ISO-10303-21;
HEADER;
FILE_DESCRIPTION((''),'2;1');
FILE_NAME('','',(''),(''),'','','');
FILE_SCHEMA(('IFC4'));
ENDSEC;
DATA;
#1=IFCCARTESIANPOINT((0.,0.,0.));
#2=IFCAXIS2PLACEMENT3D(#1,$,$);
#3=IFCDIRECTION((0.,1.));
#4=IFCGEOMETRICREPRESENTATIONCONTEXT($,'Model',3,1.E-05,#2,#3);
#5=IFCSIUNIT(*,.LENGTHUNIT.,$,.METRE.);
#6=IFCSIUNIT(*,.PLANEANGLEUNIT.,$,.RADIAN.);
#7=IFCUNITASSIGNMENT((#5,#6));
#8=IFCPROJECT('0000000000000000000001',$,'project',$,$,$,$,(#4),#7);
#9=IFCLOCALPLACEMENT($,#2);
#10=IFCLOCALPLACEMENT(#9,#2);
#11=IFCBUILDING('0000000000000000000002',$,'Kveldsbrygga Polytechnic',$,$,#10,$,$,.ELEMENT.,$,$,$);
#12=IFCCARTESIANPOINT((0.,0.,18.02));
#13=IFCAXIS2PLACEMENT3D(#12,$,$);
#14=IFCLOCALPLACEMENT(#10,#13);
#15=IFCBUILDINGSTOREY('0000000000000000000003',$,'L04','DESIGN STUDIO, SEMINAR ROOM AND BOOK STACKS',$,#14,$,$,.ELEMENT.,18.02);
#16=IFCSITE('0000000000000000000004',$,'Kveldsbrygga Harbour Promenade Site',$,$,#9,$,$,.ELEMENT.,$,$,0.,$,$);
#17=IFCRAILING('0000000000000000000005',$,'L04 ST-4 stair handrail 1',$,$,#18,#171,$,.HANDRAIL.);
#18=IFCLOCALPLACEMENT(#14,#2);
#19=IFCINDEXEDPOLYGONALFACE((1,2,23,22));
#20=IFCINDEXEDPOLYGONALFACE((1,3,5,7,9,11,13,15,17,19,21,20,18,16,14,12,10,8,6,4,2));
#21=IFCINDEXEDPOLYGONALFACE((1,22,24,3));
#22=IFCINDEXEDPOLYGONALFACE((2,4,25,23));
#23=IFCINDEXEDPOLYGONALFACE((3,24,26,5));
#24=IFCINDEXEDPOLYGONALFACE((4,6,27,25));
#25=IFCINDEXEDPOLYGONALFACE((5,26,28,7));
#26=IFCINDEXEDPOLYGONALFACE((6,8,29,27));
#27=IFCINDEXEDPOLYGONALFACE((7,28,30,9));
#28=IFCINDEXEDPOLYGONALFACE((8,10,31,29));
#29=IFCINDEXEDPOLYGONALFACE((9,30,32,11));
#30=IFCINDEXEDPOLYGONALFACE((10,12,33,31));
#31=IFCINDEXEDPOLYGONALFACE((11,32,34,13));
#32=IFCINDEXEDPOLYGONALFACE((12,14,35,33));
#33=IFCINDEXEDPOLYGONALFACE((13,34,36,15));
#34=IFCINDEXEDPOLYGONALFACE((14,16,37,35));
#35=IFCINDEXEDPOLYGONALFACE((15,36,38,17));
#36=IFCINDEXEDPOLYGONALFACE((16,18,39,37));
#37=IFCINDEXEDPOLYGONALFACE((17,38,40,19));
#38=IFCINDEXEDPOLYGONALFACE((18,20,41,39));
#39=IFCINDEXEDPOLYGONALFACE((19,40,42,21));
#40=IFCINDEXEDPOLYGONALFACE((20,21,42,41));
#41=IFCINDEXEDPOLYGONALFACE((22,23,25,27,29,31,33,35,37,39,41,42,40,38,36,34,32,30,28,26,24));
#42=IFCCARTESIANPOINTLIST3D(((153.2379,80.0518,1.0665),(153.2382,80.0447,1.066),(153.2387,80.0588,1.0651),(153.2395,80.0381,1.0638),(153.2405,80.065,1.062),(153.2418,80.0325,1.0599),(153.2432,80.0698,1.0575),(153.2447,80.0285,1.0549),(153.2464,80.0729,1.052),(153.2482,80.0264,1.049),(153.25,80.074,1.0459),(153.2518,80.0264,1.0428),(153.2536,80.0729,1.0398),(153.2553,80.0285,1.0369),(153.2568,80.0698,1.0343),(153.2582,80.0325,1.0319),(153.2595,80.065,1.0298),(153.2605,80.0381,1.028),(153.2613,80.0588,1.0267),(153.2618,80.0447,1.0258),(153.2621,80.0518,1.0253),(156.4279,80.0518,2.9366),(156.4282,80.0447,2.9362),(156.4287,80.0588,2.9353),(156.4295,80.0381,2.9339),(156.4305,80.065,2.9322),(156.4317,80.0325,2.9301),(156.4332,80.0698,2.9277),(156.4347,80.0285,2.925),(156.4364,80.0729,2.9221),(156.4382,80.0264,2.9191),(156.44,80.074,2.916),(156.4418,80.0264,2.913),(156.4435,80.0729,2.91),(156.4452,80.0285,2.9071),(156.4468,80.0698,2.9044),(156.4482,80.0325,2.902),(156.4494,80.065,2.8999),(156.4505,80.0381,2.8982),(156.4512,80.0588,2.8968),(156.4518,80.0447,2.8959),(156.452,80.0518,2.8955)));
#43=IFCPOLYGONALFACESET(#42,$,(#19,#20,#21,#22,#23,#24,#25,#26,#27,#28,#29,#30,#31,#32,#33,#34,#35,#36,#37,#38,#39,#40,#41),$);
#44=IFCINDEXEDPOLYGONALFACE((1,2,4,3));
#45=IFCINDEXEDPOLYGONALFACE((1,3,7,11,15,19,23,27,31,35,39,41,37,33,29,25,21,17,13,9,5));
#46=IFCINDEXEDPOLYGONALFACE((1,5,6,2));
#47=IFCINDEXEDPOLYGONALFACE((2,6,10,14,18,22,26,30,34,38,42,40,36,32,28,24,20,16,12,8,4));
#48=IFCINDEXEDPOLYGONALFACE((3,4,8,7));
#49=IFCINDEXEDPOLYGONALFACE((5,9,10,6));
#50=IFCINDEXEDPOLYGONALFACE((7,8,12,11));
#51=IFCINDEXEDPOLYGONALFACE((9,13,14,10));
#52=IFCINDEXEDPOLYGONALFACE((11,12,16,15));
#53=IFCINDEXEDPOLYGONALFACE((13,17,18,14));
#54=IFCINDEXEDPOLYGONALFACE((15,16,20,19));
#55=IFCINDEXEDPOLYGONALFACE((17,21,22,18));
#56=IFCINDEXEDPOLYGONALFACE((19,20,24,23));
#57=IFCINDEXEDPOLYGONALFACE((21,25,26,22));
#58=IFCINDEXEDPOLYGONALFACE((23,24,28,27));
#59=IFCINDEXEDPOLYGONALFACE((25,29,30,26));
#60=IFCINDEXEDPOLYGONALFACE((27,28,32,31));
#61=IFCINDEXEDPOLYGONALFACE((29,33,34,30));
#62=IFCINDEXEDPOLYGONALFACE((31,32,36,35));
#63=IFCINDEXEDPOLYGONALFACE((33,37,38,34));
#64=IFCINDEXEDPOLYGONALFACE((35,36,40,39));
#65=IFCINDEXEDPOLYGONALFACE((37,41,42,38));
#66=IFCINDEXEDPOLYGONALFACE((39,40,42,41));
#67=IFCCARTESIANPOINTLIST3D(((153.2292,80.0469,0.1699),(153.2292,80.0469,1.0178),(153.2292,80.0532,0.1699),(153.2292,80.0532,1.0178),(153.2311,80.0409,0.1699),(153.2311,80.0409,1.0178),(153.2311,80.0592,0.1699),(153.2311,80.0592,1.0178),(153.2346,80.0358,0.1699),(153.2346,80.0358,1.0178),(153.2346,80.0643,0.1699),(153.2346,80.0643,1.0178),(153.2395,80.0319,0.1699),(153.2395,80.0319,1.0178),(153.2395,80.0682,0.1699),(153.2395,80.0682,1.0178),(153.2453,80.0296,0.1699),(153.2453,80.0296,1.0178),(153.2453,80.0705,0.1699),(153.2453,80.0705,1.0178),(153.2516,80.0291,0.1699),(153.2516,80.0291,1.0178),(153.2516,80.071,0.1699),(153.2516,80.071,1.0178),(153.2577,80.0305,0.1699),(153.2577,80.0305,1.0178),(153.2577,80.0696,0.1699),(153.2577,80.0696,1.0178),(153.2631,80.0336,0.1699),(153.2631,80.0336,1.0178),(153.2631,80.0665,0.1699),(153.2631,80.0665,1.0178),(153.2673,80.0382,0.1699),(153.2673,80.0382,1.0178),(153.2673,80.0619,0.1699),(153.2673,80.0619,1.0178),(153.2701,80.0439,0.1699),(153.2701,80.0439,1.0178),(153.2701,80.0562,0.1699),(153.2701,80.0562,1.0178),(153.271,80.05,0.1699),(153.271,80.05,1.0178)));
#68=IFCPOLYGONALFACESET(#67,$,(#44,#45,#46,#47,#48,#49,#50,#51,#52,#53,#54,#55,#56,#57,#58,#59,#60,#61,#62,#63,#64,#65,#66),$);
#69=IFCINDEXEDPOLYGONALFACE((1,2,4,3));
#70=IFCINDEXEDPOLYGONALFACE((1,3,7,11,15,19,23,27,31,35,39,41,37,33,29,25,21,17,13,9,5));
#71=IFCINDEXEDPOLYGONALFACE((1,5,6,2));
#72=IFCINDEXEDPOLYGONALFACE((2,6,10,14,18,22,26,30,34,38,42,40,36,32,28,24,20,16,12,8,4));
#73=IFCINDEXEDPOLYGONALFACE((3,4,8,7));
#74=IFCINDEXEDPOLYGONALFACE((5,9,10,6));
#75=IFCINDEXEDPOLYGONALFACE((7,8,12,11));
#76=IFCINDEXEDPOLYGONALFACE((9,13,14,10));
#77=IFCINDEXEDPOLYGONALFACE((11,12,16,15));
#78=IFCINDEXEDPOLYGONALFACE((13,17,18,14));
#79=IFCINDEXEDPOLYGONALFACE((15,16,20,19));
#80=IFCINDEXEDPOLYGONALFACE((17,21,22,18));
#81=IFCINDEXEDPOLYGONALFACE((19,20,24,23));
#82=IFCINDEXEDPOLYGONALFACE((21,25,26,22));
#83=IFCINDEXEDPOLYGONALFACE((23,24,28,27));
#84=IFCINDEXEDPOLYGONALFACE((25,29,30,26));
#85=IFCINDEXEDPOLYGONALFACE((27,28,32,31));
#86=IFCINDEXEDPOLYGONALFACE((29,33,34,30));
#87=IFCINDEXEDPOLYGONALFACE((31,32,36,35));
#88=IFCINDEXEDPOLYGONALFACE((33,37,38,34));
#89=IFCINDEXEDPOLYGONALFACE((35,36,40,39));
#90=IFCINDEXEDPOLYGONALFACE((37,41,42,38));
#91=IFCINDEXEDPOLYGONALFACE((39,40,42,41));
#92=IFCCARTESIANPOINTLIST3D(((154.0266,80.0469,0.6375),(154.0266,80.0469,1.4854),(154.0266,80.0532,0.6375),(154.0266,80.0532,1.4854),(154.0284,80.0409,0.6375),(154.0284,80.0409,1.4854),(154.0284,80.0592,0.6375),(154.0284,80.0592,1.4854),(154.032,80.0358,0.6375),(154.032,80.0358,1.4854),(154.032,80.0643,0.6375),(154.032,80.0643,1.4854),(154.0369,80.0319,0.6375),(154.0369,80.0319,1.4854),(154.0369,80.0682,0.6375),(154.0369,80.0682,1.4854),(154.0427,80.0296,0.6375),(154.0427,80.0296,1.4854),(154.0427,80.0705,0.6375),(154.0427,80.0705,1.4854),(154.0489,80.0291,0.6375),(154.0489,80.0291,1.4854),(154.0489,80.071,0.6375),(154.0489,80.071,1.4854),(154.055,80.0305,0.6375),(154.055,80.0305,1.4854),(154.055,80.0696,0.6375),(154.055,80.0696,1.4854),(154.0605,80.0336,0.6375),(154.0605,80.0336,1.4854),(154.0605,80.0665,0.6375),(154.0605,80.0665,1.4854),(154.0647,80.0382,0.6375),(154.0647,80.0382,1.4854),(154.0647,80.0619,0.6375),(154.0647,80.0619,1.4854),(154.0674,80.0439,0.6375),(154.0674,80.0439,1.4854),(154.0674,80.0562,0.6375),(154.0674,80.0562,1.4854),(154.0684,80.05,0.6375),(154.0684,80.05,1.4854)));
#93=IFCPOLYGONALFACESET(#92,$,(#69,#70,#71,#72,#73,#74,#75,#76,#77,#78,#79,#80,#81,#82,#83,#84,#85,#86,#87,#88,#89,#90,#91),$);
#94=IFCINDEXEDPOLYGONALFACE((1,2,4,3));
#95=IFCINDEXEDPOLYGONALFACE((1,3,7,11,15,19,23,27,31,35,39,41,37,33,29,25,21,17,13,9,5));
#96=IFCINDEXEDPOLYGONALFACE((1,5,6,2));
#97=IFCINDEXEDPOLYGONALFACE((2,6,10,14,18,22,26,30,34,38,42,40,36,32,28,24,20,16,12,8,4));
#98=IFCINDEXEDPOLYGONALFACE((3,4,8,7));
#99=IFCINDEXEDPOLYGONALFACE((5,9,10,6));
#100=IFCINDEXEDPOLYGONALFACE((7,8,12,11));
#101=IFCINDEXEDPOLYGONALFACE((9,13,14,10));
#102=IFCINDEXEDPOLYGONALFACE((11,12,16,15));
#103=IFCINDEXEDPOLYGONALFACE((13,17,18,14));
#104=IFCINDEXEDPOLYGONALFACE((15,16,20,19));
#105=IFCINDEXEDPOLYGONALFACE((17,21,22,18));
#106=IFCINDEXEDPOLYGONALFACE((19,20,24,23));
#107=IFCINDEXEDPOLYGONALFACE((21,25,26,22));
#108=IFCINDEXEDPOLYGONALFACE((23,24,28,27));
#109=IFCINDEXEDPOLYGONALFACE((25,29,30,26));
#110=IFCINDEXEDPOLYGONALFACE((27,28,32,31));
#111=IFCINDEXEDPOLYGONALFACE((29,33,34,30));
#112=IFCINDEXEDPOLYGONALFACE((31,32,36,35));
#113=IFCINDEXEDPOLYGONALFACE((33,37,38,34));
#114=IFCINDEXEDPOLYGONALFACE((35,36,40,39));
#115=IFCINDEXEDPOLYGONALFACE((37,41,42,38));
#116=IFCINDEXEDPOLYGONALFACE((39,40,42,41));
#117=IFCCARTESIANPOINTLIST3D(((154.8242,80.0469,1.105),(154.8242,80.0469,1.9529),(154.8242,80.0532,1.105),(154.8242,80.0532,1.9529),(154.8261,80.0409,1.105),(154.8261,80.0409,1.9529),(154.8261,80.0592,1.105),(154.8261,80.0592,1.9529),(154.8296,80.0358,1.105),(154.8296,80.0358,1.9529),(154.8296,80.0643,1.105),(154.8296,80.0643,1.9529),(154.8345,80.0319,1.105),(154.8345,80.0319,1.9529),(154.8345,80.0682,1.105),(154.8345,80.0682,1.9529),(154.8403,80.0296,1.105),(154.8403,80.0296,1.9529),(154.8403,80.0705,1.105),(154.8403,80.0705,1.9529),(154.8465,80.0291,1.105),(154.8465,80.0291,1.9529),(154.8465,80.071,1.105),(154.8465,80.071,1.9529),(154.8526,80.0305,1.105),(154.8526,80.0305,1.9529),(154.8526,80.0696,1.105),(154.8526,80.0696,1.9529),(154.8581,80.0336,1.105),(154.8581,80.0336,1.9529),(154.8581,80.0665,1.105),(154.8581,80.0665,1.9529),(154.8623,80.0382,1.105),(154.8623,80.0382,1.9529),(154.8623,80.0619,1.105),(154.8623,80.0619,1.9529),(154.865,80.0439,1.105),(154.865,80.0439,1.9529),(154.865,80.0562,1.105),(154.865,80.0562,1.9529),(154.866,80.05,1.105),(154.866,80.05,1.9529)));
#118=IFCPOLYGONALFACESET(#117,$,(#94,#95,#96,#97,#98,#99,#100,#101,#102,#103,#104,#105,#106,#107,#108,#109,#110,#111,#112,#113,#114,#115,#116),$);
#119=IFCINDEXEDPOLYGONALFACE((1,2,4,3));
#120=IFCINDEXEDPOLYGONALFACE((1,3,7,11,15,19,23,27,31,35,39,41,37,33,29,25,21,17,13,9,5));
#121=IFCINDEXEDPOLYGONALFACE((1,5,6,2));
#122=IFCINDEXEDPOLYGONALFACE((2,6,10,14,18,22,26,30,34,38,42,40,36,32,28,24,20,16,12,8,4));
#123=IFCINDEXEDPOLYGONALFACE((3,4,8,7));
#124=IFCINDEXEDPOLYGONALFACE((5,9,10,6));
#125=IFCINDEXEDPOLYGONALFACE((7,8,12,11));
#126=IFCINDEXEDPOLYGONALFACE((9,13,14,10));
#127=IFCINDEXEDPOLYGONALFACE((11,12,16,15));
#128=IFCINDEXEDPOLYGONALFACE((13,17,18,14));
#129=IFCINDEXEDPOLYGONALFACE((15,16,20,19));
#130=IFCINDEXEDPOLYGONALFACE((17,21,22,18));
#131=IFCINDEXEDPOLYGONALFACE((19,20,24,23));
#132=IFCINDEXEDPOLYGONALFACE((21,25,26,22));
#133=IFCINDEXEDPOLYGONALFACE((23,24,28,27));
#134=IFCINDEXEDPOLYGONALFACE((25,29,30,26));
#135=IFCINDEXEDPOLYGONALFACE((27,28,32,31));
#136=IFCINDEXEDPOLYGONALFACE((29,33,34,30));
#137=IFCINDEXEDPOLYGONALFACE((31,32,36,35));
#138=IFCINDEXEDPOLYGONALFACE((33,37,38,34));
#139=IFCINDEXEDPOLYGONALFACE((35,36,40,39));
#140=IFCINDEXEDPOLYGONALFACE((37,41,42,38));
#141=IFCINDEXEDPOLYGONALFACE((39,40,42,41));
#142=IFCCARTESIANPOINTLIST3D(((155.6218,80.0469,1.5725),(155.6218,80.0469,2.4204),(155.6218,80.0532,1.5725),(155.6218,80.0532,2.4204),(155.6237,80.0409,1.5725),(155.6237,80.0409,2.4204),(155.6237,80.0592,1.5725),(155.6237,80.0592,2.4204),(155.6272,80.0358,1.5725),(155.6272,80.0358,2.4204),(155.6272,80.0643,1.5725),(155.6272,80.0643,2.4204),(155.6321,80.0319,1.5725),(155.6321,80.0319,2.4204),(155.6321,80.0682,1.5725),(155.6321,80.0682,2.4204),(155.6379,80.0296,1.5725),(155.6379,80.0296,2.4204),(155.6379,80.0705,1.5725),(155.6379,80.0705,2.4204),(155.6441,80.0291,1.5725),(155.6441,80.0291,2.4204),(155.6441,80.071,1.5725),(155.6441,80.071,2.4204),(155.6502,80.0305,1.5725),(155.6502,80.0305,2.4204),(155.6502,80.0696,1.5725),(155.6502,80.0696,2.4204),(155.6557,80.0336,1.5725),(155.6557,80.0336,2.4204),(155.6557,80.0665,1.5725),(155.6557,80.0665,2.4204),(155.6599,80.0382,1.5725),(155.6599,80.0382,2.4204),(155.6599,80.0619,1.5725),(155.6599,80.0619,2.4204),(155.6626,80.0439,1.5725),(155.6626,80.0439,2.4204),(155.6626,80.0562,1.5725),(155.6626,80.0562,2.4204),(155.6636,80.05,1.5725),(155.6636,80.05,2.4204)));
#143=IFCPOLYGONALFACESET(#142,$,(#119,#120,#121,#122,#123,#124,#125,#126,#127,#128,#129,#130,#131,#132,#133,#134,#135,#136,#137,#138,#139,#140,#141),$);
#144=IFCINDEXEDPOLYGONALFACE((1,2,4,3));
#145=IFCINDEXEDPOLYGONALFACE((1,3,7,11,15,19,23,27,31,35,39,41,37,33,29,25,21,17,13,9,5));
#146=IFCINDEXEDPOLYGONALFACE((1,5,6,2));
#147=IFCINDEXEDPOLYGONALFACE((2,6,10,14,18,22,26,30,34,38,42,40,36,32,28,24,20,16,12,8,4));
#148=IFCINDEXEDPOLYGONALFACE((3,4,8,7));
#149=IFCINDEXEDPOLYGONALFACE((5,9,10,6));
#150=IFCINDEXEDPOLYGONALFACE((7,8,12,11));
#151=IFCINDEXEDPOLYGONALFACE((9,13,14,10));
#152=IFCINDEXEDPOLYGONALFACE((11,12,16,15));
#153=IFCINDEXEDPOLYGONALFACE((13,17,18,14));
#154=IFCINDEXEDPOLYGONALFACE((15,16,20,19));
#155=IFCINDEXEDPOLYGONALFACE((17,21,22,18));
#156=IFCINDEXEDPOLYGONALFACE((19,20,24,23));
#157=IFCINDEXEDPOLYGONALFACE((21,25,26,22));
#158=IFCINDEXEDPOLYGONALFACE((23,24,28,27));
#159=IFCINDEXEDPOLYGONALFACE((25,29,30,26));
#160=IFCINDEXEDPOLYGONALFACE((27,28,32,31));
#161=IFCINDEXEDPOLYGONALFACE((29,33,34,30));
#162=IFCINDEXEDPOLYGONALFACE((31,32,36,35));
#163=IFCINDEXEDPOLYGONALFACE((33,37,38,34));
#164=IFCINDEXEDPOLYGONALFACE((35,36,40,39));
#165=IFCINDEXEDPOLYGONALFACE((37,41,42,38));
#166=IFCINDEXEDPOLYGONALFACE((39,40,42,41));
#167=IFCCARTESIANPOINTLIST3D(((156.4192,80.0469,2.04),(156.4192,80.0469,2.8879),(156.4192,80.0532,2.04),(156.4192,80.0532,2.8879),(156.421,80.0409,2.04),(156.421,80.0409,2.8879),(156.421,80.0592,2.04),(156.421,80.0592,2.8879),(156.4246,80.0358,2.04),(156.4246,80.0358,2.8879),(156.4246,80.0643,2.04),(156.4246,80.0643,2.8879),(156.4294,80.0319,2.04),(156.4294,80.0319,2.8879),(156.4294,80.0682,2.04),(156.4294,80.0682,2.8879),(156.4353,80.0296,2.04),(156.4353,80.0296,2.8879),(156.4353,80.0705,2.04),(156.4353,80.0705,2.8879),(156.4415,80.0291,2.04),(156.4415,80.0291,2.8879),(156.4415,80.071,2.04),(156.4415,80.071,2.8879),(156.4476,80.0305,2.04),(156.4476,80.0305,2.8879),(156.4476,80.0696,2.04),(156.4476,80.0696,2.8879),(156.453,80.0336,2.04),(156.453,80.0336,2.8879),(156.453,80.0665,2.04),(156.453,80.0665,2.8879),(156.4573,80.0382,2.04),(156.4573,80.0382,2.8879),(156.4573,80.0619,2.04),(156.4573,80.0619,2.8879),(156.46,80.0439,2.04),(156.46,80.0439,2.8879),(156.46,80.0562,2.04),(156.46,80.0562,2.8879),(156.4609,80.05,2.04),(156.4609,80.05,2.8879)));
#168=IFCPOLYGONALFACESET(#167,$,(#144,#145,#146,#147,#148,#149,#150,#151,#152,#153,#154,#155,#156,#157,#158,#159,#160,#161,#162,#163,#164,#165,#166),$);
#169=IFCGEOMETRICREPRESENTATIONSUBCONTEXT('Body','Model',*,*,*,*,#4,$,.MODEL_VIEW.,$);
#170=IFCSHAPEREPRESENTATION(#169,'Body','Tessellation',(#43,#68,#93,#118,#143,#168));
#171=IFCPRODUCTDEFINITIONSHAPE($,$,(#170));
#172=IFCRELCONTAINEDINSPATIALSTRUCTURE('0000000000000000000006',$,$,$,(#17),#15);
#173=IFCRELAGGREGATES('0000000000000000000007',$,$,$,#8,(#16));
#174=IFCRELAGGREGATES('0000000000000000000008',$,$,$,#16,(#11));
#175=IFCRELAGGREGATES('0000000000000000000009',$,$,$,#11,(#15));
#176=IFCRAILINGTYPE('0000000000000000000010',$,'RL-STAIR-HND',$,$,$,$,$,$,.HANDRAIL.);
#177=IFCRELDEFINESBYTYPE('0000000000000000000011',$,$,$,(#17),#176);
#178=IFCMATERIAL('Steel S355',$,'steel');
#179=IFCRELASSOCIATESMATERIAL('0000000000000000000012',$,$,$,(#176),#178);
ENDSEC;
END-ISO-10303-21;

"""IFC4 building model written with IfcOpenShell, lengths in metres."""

from ifc_helpers import new_model, si_unit, direction, frame, origin, origin_2d, place, context, subcontext, project, spatial, circle, extrude, material, type_object, element, save


model = new_model("IFC4")

# Units and contexts
model_context = context("Model", 3, precision=1e-05, world=origin(), true_north=direction((0.0, 1.0)))
body_context = subcontext(model_context, "Body", "Model", "MODEL_VIEW")
ifc_project = project(units=[si_unit("LENGTHUNIT", "METRE"), si_unit("PLANEANGLEUNIT", "RADIAN")], contexts=[model_context])

# Site, building, storey
site_placement = place(None, origin())
site = spatial("IfcSite", under=ifc_project, at=site_placement, Name="Kveldsbrygga Harbour Promenade Site", CompositionType="ELEMENT", RefElevation=0.0)
building_placement = place(site_placement, origin())
building = spatial("IfcBuilding", under=site, at=building_placement, Name="Kveldsbrygga Polytechnic", CompositionType="ELEMENT")
storey_placement = place(building_placement, frame((0.0, 0.0, 18.02)))
storey = spatial("IfcBuildingStorey", under=building, at=storey_placement, Name="L04", Description="DESIGN STUDIO, SEMINAR ROOM AND BOOK STACKS", CompositionType="ELEMENT", Elevation=18.02)

# Railing
ifc_material_1 = material(Name="Steel S355", Category="steel")
railing_type_1 = type_object("IfcRailingType", Name="RL-STAIR-HND", PredefinedType="HANDRAIL", material=ifc_material_1)
railing_1_placement = place(storey_placement, frame((153.25, 80.05, 0.1699)))
element("IfcRailing", 1, at=railing_1_placement, inside=storey, type_object=railing_type_1, Name="L04 ST-4 stair handrail 1", PredefinedType="HANDRAIL", context=body_context, shape_type="SweptSolid", body=[
    extrude(circle(Radius=0.0239, at=origin_2d()), frame((0.0, 0.0, 0.876), z_axis=(0.86268, 0.0, 0.50575), x_axis=(0.0, 1.0, 0.0)), (0.0, 0.0, 1.0), 3.6978),
    extrude(circle(Radius=0.021, at=origin_2d()), origin(), (0.0, 0.0, 1.0), 0.8479),
    extrude(circle(Radius=0.021, at=origin_2d()), frame((0.7974, 0.0, 0.4675)), (0.0, 0.0, 1.0), 0.8479),
    extrude(circle(Radius=0.021, at=origin_2d()), frame((1.595, 0.0, 0.9351)), (0.0, 0.0, 1.0), 0.8479),
    extrude(circle(Radius=0.021, at=origin_2d()), frame((2.3926, 0.0, 1.4026)), (0.0, 0.0, 1.0), 0.8479),
    extrude(circle(Radius=0.021, at=origin_2d()), frame((3.1899, 0.0, 1.8701)), (0.0, 0.0, 1.0), 0.8479),
])

save(model, "model.ifc")
